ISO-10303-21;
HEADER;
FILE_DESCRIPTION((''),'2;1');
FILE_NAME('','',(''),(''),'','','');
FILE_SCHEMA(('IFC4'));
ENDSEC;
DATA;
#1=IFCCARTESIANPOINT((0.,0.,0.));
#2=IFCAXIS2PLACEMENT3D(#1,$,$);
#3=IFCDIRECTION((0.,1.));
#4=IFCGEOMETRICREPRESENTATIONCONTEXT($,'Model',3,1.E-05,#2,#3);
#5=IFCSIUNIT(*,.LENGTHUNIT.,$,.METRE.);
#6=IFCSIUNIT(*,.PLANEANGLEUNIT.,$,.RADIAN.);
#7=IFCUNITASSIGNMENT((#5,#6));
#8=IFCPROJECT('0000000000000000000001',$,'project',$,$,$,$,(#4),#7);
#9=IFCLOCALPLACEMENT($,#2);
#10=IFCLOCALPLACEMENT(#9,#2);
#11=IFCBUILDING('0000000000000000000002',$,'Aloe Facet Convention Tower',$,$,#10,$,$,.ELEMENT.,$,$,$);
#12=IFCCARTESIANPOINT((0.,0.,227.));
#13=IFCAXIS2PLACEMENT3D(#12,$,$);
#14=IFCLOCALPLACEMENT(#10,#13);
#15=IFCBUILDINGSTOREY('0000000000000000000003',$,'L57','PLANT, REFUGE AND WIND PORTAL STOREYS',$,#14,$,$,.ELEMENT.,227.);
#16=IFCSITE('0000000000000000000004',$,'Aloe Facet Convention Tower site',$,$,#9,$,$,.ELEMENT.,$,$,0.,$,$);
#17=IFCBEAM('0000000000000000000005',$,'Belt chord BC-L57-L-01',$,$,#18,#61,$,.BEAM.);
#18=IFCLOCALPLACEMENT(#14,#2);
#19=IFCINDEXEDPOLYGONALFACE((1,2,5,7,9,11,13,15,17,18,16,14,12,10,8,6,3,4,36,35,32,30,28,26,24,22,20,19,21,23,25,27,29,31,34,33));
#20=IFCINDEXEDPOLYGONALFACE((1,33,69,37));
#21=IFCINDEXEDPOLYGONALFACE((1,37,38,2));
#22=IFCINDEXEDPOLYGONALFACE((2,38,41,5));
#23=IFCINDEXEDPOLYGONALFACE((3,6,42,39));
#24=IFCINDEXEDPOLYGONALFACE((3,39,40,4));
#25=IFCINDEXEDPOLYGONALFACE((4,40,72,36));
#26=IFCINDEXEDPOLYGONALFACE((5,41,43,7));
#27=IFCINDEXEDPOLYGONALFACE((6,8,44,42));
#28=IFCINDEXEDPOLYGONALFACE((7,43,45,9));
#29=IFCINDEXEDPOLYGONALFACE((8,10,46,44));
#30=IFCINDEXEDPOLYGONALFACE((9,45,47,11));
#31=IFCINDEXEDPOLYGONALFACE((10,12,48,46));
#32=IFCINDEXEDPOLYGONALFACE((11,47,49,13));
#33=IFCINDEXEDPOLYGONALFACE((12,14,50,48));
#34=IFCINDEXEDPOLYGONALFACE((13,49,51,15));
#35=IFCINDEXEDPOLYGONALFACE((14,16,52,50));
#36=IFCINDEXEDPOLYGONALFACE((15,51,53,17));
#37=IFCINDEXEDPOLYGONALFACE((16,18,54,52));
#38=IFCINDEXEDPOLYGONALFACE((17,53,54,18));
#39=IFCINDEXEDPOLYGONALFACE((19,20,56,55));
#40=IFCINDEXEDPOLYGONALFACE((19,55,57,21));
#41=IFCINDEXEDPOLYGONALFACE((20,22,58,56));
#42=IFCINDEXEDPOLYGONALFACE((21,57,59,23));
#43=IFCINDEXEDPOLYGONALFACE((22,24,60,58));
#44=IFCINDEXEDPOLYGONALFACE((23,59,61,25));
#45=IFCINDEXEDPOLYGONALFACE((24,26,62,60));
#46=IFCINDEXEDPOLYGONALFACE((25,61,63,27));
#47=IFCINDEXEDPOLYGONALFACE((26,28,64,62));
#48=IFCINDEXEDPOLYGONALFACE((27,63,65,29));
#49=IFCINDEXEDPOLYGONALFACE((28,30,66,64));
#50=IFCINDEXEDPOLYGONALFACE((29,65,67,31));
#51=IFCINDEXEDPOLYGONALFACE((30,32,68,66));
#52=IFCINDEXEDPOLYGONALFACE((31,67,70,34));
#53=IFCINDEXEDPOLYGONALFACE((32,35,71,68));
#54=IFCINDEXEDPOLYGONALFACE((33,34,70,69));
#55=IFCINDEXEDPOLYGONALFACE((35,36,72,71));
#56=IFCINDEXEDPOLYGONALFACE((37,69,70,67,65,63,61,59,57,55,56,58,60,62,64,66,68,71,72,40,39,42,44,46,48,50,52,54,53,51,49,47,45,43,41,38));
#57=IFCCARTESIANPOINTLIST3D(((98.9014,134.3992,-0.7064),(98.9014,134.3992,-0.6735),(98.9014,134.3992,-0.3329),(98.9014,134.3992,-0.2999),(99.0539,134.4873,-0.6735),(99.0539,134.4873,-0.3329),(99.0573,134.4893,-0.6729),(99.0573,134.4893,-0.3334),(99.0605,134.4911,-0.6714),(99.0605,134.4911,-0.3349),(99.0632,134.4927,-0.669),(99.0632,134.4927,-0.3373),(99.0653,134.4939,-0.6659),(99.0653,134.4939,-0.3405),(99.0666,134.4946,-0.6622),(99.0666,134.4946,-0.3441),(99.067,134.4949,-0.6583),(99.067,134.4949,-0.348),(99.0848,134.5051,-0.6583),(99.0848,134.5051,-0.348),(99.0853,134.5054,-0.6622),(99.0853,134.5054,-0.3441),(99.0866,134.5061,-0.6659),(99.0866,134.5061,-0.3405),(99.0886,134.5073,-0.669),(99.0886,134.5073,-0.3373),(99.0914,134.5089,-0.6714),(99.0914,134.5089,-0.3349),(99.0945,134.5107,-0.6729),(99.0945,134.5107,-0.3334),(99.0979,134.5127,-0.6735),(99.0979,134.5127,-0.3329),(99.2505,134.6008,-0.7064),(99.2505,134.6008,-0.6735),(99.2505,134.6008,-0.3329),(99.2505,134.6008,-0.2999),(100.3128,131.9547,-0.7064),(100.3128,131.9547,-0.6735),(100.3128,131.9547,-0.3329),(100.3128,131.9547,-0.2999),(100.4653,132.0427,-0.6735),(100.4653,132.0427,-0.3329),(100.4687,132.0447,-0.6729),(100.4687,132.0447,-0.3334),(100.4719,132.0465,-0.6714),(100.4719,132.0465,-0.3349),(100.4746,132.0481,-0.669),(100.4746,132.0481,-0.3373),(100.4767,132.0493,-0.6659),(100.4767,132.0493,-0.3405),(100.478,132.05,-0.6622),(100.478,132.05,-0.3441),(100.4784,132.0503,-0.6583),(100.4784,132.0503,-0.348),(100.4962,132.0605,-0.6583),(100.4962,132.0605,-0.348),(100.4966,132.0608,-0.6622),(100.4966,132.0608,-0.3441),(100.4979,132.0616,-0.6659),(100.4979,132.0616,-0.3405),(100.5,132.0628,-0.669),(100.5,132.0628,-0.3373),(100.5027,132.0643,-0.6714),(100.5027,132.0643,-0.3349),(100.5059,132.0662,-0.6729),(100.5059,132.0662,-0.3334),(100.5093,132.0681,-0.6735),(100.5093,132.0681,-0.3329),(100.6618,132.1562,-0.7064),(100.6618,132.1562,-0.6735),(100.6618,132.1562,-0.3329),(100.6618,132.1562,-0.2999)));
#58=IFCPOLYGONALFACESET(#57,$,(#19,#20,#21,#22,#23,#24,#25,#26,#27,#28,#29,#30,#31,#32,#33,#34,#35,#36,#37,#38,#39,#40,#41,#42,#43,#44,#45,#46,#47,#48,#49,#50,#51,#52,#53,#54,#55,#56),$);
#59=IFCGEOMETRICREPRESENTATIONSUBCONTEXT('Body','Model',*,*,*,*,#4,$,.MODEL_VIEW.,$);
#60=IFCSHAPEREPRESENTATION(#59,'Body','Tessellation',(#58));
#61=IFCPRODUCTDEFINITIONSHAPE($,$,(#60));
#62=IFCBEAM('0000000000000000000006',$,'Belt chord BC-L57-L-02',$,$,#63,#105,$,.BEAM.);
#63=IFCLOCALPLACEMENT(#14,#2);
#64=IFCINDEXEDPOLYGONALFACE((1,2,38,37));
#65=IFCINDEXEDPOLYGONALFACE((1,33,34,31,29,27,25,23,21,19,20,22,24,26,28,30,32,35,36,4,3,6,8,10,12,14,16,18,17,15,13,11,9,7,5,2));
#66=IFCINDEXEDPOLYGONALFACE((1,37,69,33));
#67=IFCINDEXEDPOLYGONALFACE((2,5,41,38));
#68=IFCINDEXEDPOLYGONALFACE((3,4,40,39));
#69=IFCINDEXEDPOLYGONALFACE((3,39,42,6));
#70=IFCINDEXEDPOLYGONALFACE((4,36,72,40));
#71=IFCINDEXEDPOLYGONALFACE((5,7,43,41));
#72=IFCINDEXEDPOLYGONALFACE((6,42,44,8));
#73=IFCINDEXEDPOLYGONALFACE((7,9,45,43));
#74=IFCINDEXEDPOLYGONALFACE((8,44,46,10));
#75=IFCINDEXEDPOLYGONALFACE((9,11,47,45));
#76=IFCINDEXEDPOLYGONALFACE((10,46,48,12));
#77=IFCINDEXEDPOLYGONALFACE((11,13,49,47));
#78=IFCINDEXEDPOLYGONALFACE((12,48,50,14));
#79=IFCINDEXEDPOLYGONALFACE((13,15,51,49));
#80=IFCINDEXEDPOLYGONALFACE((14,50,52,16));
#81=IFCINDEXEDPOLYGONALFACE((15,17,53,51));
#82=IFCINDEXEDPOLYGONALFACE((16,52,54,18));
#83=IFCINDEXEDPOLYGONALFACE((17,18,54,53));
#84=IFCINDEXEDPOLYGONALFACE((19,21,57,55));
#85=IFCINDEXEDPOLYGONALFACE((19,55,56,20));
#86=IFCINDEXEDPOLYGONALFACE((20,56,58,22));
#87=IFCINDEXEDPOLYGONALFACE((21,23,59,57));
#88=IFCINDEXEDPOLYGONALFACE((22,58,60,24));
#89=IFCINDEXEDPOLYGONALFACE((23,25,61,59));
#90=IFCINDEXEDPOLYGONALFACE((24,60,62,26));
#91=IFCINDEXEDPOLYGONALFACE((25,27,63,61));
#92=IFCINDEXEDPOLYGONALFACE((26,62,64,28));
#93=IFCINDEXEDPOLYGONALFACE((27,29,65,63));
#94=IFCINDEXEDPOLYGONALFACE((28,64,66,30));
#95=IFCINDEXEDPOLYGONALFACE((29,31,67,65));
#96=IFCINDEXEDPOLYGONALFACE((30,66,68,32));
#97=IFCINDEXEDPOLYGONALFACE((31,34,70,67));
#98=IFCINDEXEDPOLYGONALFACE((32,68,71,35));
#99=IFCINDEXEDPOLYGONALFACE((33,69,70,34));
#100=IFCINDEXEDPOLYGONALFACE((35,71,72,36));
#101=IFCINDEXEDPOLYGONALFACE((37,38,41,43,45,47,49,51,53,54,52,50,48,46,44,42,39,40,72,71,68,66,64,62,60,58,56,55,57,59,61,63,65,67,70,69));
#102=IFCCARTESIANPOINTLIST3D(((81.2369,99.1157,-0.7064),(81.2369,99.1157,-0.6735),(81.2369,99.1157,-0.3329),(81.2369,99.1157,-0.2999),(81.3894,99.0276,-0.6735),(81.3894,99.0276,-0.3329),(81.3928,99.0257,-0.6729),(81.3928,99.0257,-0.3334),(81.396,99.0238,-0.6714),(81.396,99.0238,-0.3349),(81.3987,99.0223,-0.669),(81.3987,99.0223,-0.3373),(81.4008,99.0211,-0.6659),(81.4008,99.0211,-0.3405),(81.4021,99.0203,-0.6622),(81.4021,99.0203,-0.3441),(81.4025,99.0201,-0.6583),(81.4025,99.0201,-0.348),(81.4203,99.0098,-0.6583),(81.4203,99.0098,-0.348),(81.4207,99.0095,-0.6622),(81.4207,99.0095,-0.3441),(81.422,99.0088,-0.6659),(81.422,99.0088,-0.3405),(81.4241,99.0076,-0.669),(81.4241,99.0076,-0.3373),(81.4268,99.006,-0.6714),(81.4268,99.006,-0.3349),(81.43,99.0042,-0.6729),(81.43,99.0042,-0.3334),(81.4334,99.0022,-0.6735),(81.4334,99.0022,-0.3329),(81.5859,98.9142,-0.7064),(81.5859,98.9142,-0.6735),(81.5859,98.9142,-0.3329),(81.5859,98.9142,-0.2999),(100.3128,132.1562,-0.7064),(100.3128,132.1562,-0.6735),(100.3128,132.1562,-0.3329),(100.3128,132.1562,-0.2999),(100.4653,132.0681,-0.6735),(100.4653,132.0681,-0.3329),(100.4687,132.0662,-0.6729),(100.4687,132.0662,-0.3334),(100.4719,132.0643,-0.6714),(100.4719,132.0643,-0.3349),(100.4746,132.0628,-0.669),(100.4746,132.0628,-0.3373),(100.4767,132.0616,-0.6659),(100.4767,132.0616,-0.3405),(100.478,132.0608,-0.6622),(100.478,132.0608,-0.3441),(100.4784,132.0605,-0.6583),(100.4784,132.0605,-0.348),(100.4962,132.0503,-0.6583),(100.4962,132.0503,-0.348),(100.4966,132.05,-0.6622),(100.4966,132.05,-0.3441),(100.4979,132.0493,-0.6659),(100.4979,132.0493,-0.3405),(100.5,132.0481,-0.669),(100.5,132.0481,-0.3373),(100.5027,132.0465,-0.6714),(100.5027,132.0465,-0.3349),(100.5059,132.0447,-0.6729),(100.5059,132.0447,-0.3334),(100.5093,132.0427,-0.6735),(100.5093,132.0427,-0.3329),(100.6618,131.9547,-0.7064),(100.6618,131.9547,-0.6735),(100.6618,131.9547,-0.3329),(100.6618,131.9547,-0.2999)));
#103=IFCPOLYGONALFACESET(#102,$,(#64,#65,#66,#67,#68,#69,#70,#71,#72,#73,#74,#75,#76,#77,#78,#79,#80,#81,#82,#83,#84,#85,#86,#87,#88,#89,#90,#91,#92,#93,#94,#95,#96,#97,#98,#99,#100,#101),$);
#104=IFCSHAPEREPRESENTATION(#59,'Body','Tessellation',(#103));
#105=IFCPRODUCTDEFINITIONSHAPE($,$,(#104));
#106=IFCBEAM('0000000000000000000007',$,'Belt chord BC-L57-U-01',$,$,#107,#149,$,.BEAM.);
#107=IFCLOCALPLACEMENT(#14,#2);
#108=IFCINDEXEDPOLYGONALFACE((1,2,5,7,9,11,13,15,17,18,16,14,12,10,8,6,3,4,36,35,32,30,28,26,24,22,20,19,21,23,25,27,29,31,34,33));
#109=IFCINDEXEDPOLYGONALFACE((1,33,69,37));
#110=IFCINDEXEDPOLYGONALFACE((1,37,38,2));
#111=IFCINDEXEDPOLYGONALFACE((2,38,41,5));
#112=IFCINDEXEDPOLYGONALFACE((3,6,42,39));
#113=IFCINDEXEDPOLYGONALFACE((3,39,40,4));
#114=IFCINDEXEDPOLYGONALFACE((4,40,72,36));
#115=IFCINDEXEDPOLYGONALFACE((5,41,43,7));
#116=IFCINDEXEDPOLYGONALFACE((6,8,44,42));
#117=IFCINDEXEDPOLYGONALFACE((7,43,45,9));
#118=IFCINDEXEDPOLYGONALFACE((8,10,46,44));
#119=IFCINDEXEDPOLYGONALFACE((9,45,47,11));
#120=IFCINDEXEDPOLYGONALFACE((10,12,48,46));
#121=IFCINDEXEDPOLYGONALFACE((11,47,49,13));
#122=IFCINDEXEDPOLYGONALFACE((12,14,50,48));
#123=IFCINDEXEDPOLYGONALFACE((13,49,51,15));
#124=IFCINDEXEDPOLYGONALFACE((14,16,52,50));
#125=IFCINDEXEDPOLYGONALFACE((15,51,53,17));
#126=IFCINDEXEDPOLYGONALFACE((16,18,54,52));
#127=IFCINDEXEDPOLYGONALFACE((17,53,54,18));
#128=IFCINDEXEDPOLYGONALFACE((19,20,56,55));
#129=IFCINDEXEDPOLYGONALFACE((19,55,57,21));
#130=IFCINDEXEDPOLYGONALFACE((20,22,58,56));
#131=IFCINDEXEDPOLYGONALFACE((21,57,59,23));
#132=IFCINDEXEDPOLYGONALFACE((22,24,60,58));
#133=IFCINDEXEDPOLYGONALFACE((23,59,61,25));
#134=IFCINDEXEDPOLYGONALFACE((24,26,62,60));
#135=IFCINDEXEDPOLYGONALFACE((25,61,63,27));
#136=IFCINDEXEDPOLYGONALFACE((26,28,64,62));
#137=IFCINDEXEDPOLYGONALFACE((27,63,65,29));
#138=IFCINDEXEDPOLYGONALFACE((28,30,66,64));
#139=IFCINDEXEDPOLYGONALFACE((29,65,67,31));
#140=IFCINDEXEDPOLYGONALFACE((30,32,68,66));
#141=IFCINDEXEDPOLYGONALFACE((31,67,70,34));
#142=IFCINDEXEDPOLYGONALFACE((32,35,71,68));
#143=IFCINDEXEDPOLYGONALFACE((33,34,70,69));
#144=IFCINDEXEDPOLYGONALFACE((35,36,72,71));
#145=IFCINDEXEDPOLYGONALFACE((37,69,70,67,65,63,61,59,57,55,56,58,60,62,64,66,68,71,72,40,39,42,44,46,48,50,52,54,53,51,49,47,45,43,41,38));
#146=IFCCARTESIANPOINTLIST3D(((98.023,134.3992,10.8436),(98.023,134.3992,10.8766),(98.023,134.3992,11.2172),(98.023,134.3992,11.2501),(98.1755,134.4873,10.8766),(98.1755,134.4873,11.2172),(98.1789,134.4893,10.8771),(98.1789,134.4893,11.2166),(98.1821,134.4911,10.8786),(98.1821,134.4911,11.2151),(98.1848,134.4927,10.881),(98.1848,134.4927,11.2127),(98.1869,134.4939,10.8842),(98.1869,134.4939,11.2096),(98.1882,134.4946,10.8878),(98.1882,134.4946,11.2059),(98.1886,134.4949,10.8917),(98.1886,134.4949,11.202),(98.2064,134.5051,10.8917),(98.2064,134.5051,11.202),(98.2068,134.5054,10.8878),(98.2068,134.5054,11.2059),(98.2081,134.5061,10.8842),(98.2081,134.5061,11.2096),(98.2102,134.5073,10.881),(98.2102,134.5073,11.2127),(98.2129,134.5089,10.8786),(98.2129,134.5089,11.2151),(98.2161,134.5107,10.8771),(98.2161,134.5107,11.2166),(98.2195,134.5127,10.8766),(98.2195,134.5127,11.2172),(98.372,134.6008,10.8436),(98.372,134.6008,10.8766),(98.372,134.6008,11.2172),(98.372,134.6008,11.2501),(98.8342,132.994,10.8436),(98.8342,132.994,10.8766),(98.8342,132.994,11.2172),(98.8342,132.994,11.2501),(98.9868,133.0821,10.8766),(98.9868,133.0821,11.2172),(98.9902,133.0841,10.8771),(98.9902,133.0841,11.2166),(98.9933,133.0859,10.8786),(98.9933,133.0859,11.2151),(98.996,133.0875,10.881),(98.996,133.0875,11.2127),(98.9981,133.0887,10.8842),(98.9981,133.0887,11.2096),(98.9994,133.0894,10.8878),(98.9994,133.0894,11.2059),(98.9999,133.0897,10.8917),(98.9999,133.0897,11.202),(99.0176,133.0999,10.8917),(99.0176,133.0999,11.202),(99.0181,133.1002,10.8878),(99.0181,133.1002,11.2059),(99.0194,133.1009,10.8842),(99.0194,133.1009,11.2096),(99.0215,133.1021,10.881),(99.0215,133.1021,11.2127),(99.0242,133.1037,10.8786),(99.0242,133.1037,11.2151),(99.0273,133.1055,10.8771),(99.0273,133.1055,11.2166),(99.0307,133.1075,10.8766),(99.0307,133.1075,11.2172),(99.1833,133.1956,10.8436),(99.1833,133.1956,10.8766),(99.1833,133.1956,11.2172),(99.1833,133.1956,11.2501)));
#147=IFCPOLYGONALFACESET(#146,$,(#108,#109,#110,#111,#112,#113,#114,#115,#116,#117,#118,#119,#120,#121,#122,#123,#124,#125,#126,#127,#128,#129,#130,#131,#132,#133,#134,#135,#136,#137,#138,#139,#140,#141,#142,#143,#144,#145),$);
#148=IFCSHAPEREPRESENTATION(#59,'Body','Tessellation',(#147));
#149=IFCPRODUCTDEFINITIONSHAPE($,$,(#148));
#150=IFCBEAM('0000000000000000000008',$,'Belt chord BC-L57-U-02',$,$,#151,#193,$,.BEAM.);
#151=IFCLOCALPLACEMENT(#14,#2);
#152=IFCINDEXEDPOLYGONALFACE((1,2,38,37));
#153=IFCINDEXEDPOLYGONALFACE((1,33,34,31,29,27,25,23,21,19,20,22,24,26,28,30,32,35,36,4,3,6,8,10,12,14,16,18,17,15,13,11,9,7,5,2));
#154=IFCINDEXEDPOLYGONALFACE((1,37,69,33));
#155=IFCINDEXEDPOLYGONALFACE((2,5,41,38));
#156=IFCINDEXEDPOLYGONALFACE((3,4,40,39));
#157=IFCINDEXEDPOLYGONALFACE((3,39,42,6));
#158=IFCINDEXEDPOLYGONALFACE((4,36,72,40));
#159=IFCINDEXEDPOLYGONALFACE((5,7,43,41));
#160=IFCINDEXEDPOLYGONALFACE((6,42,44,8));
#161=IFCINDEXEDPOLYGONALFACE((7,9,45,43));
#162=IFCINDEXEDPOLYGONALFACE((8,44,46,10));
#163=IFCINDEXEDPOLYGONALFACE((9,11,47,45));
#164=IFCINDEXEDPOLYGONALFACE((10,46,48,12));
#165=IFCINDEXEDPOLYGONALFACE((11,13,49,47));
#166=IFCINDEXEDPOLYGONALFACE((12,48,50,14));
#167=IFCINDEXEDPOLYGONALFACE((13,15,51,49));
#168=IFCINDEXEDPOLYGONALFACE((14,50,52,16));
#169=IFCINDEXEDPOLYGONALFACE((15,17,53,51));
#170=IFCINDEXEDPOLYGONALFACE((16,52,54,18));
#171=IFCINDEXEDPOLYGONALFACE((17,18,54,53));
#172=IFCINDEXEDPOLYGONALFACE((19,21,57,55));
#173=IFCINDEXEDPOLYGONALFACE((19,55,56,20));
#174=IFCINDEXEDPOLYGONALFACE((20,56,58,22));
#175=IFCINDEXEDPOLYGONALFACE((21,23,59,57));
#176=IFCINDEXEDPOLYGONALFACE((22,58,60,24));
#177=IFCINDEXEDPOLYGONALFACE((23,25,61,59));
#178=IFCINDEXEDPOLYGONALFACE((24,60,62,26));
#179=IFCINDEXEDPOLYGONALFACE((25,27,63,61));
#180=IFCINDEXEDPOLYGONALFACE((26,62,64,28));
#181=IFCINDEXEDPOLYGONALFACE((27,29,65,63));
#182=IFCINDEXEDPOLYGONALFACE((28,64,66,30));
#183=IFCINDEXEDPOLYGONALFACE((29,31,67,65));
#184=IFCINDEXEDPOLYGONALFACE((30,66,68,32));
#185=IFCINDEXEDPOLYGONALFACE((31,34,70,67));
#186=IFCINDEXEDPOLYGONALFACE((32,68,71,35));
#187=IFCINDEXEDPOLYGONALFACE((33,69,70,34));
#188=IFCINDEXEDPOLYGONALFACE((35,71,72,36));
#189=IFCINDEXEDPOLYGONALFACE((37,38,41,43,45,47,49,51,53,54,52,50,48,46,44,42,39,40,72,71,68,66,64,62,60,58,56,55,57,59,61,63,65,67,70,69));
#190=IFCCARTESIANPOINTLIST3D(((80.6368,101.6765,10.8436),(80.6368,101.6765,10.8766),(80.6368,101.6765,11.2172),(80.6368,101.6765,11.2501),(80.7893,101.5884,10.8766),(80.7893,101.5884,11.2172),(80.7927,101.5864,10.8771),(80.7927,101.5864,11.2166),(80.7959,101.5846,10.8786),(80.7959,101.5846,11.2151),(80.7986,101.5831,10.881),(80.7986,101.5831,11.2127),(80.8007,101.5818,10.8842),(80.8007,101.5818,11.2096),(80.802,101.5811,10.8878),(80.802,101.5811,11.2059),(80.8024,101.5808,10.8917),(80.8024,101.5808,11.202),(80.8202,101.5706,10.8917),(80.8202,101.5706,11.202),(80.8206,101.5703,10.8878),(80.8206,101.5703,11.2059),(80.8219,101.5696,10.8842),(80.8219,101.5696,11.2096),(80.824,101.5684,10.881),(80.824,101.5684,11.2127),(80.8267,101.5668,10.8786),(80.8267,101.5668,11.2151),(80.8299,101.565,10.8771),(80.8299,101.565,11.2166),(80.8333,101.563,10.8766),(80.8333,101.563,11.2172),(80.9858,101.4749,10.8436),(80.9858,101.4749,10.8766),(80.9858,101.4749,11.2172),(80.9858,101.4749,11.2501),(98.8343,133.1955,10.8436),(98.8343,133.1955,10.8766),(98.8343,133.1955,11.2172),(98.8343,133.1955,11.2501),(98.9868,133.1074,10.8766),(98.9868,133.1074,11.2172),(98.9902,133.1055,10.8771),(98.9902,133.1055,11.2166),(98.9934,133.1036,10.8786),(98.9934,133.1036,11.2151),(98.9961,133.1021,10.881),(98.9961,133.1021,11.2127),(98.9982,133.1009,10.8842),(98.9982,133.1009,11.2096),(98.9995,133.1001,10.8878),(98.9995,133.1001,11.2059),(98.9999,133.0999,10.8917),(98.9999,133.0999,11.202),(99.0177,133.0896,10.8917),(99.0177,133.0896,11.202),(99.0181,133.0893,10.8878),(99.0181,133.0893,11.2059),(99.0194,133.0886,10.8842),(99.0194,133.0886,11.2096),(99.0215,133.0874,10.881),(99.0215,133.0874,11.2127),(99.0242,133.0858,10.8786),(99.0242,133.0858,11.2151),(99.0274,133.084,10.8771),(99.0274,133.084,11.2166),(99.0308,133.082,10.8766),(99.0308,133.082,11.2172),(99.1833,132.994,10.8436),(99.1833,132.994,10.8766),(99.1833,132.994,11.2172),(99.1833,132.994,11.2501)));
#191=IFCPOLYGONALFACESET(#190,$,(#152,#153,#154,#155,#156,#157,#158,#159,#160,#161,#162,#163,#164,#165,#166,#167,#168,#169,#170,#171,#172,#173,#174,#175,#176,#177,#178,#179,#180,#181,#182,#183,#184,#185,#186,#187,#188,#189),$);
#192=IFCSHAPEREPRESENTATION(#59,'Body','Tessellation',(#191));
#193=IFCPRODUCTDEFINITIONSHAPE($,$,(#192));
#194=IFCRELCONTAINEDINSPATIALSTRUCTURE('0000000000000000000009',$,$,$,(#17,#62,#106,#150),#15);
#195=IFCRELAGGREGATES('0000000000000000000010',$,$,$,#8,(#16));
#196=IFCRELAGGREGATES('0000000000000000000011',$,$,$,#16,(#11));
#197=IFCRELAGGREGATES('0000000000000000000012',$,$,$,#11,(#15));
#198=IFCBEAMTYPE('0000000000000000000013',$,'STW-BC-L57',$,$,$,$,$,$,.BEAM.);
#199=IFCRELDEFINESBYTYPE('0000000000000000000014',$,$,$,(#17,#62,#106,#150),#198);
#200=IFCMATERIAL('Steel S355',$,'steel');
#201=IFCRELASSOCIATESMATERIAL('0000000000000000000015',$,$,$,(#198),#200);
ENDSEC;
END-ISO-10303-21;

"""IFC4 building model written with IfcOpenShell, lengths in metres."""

from ifc_helpers import new_model, si_unit, direction, frame, origin, origin_2d, place, context, subcontext, project, spatial, i_section, extrude, material, material_profile, profile_set, type_object, element, save


model = new_model("IFC4")

# Units and contexts
model_context = context("Model", 3, precision=1e-05, world=origin(), true_north=direction((0.0, 1.0)))
body_context = subcontext(model_context, "Body", "Model", "MODEL_VIEW")
ifc_project = project(units=[si_unit("LENGTHUNIT", "METRE"), si_unit("PLANEANGLEUNIT", "RADIAN")], contexts=[model_context])

# Site, building, storey
site_placement = place(None, origin())
site = spatial("IfcSite", under=ifc_project, at=site_placement, Name="Aloe Facet Convention Tower site", CompositionType="ELEMENT", RefElevation=0.0)
building_placement = place(site_placement, origin())
building = spatial("IfcBuilding", under=site, at=building_placement, Name="Aloe Facet Convention Tower", CompositionType="ELEMENT")
storey_placement = place(building_placement, frame((0.0, 0.0, 227.0)))
storey = spatial("IfcBuildingStorey", under=building, at=storey_placement, Name="L57", Description="PLANT, REFUGE AND WIND PORTAL STOREYS", CompositionType="ELEMENT", Elevation=227.0)

# Beams
ifc_material_1 = material(Name="Steel S355", Category="steel")
ifc_material_profile_1 = material_profile(ifc_material_1, i_section(OverallWidth=0.4031, OverallDepth=0.4065, WebThickness=0.0205, FlangeThickness=0.033, FilletRadius=0.0151, at=origin_2d()), Name="UC 356x406x340")
ifc_profile_set_1 = profile_set([ifc_material_profile_1], Name="Steel S355")
beam_type_1 = type_object("IfcBeamType", Name="STW-BC-L57", PredefinedType="BEAM", material=ifc_profile_set_1)
beam_1_placement = place(storey_placement, frame((99.0759, 134.5, -0.5032), z_axis=(0.499999, -0.866026, 0.0), x_axis=(0.866026, 0.499999, 0.0)))
element("IfcBeam", 1, at=beam_1_placement, inside=storey, type_object=beam_type_1, Name="Belt chord BC-L57-L-01", PredefinedType="BEAM", context=body_context, shape_type="SweptSolid", body=[
    extrude(i_section(OverallWidth=0.4031, OverallDepth=0.4065, WebThickness=0.0205, FlangeThickness=0.033, FilletRadius=0.0151, at=origin_2d()), origin(), (0.0, 0.0, 1.0), 2.8228),
])
beam_2_placement = place(storey_placement, frame((100.4873, 132.0554, -0.5032), z_axis=(-0.499999, -0.866026, 0.0), x_axis=(0.866026, -0.499999, 0.0)))
element("IfcBeam", 2, at=beam_2_placement, inside=storey, type_object=beam_type_1, Name="Belt chord BC-L57-L-02", PredefinedType="BEAM", context=body_context, shape_type="SweptSolid", body=[
    extrude(i_section(OverallWidth=0.4031, OverallDepth=0.4065, WebThickness=0.0205, FlangeThickness=0.033, FilletRadius=0.0151, at=origin_2d()), origin(), (0.0, 0.0, 1.0), 38.1519),
])
beam_3_placement = place(storey_placement, frame((98.1975, 134.5, 11.0469), z_axis=(0.499974, -0.86604, 0.0), x_axis=(0.86604, 0.499974, 0.0)))
element("IfcBeam", 3, at=beam_3_placement, inside=storey, type_object=beam_type_1, Name="Belt chord BC-L57-U-01", PredefinedType="BEAM", context=body_context, shape_type="SweptSolid", body=[
    extrude(i_section(OverallWidth=0.4031, OverallDepth=0.4065, WebThickness=0.0205, FlangeThickness=0.033, FilletRadius=0.0151, at=origin_2d()), origin(), (0.0, 0.0, 1.0), 1.6226),
])
beam_4_placement = place(storey_placement, frame((99.0088, 133.0947, 11.0469), z_axis=(-0.5, -0.866026, 0.0), x_axis=(0.866026, -0.5, 0.0)))
element("IfcBeam", 4, at=beam_4_placement, inside=storey, type_object=beam_type_1, Name="Belt chord BC-L57-U-02", PredefinedType="BEAM", context=body_context, shape_type="SweptSolid", body=[
    extrude(i_section(OverallWidth=0.4031, OverallDepth=0.4065, WebThickness=0.0205, FlangeThickness=0.033, FilletRadius=0.0151, at=origin_2d()), origin(), (0.0, 0.0, 1.0), 36.395),
])

save(model, "model.ifc")
